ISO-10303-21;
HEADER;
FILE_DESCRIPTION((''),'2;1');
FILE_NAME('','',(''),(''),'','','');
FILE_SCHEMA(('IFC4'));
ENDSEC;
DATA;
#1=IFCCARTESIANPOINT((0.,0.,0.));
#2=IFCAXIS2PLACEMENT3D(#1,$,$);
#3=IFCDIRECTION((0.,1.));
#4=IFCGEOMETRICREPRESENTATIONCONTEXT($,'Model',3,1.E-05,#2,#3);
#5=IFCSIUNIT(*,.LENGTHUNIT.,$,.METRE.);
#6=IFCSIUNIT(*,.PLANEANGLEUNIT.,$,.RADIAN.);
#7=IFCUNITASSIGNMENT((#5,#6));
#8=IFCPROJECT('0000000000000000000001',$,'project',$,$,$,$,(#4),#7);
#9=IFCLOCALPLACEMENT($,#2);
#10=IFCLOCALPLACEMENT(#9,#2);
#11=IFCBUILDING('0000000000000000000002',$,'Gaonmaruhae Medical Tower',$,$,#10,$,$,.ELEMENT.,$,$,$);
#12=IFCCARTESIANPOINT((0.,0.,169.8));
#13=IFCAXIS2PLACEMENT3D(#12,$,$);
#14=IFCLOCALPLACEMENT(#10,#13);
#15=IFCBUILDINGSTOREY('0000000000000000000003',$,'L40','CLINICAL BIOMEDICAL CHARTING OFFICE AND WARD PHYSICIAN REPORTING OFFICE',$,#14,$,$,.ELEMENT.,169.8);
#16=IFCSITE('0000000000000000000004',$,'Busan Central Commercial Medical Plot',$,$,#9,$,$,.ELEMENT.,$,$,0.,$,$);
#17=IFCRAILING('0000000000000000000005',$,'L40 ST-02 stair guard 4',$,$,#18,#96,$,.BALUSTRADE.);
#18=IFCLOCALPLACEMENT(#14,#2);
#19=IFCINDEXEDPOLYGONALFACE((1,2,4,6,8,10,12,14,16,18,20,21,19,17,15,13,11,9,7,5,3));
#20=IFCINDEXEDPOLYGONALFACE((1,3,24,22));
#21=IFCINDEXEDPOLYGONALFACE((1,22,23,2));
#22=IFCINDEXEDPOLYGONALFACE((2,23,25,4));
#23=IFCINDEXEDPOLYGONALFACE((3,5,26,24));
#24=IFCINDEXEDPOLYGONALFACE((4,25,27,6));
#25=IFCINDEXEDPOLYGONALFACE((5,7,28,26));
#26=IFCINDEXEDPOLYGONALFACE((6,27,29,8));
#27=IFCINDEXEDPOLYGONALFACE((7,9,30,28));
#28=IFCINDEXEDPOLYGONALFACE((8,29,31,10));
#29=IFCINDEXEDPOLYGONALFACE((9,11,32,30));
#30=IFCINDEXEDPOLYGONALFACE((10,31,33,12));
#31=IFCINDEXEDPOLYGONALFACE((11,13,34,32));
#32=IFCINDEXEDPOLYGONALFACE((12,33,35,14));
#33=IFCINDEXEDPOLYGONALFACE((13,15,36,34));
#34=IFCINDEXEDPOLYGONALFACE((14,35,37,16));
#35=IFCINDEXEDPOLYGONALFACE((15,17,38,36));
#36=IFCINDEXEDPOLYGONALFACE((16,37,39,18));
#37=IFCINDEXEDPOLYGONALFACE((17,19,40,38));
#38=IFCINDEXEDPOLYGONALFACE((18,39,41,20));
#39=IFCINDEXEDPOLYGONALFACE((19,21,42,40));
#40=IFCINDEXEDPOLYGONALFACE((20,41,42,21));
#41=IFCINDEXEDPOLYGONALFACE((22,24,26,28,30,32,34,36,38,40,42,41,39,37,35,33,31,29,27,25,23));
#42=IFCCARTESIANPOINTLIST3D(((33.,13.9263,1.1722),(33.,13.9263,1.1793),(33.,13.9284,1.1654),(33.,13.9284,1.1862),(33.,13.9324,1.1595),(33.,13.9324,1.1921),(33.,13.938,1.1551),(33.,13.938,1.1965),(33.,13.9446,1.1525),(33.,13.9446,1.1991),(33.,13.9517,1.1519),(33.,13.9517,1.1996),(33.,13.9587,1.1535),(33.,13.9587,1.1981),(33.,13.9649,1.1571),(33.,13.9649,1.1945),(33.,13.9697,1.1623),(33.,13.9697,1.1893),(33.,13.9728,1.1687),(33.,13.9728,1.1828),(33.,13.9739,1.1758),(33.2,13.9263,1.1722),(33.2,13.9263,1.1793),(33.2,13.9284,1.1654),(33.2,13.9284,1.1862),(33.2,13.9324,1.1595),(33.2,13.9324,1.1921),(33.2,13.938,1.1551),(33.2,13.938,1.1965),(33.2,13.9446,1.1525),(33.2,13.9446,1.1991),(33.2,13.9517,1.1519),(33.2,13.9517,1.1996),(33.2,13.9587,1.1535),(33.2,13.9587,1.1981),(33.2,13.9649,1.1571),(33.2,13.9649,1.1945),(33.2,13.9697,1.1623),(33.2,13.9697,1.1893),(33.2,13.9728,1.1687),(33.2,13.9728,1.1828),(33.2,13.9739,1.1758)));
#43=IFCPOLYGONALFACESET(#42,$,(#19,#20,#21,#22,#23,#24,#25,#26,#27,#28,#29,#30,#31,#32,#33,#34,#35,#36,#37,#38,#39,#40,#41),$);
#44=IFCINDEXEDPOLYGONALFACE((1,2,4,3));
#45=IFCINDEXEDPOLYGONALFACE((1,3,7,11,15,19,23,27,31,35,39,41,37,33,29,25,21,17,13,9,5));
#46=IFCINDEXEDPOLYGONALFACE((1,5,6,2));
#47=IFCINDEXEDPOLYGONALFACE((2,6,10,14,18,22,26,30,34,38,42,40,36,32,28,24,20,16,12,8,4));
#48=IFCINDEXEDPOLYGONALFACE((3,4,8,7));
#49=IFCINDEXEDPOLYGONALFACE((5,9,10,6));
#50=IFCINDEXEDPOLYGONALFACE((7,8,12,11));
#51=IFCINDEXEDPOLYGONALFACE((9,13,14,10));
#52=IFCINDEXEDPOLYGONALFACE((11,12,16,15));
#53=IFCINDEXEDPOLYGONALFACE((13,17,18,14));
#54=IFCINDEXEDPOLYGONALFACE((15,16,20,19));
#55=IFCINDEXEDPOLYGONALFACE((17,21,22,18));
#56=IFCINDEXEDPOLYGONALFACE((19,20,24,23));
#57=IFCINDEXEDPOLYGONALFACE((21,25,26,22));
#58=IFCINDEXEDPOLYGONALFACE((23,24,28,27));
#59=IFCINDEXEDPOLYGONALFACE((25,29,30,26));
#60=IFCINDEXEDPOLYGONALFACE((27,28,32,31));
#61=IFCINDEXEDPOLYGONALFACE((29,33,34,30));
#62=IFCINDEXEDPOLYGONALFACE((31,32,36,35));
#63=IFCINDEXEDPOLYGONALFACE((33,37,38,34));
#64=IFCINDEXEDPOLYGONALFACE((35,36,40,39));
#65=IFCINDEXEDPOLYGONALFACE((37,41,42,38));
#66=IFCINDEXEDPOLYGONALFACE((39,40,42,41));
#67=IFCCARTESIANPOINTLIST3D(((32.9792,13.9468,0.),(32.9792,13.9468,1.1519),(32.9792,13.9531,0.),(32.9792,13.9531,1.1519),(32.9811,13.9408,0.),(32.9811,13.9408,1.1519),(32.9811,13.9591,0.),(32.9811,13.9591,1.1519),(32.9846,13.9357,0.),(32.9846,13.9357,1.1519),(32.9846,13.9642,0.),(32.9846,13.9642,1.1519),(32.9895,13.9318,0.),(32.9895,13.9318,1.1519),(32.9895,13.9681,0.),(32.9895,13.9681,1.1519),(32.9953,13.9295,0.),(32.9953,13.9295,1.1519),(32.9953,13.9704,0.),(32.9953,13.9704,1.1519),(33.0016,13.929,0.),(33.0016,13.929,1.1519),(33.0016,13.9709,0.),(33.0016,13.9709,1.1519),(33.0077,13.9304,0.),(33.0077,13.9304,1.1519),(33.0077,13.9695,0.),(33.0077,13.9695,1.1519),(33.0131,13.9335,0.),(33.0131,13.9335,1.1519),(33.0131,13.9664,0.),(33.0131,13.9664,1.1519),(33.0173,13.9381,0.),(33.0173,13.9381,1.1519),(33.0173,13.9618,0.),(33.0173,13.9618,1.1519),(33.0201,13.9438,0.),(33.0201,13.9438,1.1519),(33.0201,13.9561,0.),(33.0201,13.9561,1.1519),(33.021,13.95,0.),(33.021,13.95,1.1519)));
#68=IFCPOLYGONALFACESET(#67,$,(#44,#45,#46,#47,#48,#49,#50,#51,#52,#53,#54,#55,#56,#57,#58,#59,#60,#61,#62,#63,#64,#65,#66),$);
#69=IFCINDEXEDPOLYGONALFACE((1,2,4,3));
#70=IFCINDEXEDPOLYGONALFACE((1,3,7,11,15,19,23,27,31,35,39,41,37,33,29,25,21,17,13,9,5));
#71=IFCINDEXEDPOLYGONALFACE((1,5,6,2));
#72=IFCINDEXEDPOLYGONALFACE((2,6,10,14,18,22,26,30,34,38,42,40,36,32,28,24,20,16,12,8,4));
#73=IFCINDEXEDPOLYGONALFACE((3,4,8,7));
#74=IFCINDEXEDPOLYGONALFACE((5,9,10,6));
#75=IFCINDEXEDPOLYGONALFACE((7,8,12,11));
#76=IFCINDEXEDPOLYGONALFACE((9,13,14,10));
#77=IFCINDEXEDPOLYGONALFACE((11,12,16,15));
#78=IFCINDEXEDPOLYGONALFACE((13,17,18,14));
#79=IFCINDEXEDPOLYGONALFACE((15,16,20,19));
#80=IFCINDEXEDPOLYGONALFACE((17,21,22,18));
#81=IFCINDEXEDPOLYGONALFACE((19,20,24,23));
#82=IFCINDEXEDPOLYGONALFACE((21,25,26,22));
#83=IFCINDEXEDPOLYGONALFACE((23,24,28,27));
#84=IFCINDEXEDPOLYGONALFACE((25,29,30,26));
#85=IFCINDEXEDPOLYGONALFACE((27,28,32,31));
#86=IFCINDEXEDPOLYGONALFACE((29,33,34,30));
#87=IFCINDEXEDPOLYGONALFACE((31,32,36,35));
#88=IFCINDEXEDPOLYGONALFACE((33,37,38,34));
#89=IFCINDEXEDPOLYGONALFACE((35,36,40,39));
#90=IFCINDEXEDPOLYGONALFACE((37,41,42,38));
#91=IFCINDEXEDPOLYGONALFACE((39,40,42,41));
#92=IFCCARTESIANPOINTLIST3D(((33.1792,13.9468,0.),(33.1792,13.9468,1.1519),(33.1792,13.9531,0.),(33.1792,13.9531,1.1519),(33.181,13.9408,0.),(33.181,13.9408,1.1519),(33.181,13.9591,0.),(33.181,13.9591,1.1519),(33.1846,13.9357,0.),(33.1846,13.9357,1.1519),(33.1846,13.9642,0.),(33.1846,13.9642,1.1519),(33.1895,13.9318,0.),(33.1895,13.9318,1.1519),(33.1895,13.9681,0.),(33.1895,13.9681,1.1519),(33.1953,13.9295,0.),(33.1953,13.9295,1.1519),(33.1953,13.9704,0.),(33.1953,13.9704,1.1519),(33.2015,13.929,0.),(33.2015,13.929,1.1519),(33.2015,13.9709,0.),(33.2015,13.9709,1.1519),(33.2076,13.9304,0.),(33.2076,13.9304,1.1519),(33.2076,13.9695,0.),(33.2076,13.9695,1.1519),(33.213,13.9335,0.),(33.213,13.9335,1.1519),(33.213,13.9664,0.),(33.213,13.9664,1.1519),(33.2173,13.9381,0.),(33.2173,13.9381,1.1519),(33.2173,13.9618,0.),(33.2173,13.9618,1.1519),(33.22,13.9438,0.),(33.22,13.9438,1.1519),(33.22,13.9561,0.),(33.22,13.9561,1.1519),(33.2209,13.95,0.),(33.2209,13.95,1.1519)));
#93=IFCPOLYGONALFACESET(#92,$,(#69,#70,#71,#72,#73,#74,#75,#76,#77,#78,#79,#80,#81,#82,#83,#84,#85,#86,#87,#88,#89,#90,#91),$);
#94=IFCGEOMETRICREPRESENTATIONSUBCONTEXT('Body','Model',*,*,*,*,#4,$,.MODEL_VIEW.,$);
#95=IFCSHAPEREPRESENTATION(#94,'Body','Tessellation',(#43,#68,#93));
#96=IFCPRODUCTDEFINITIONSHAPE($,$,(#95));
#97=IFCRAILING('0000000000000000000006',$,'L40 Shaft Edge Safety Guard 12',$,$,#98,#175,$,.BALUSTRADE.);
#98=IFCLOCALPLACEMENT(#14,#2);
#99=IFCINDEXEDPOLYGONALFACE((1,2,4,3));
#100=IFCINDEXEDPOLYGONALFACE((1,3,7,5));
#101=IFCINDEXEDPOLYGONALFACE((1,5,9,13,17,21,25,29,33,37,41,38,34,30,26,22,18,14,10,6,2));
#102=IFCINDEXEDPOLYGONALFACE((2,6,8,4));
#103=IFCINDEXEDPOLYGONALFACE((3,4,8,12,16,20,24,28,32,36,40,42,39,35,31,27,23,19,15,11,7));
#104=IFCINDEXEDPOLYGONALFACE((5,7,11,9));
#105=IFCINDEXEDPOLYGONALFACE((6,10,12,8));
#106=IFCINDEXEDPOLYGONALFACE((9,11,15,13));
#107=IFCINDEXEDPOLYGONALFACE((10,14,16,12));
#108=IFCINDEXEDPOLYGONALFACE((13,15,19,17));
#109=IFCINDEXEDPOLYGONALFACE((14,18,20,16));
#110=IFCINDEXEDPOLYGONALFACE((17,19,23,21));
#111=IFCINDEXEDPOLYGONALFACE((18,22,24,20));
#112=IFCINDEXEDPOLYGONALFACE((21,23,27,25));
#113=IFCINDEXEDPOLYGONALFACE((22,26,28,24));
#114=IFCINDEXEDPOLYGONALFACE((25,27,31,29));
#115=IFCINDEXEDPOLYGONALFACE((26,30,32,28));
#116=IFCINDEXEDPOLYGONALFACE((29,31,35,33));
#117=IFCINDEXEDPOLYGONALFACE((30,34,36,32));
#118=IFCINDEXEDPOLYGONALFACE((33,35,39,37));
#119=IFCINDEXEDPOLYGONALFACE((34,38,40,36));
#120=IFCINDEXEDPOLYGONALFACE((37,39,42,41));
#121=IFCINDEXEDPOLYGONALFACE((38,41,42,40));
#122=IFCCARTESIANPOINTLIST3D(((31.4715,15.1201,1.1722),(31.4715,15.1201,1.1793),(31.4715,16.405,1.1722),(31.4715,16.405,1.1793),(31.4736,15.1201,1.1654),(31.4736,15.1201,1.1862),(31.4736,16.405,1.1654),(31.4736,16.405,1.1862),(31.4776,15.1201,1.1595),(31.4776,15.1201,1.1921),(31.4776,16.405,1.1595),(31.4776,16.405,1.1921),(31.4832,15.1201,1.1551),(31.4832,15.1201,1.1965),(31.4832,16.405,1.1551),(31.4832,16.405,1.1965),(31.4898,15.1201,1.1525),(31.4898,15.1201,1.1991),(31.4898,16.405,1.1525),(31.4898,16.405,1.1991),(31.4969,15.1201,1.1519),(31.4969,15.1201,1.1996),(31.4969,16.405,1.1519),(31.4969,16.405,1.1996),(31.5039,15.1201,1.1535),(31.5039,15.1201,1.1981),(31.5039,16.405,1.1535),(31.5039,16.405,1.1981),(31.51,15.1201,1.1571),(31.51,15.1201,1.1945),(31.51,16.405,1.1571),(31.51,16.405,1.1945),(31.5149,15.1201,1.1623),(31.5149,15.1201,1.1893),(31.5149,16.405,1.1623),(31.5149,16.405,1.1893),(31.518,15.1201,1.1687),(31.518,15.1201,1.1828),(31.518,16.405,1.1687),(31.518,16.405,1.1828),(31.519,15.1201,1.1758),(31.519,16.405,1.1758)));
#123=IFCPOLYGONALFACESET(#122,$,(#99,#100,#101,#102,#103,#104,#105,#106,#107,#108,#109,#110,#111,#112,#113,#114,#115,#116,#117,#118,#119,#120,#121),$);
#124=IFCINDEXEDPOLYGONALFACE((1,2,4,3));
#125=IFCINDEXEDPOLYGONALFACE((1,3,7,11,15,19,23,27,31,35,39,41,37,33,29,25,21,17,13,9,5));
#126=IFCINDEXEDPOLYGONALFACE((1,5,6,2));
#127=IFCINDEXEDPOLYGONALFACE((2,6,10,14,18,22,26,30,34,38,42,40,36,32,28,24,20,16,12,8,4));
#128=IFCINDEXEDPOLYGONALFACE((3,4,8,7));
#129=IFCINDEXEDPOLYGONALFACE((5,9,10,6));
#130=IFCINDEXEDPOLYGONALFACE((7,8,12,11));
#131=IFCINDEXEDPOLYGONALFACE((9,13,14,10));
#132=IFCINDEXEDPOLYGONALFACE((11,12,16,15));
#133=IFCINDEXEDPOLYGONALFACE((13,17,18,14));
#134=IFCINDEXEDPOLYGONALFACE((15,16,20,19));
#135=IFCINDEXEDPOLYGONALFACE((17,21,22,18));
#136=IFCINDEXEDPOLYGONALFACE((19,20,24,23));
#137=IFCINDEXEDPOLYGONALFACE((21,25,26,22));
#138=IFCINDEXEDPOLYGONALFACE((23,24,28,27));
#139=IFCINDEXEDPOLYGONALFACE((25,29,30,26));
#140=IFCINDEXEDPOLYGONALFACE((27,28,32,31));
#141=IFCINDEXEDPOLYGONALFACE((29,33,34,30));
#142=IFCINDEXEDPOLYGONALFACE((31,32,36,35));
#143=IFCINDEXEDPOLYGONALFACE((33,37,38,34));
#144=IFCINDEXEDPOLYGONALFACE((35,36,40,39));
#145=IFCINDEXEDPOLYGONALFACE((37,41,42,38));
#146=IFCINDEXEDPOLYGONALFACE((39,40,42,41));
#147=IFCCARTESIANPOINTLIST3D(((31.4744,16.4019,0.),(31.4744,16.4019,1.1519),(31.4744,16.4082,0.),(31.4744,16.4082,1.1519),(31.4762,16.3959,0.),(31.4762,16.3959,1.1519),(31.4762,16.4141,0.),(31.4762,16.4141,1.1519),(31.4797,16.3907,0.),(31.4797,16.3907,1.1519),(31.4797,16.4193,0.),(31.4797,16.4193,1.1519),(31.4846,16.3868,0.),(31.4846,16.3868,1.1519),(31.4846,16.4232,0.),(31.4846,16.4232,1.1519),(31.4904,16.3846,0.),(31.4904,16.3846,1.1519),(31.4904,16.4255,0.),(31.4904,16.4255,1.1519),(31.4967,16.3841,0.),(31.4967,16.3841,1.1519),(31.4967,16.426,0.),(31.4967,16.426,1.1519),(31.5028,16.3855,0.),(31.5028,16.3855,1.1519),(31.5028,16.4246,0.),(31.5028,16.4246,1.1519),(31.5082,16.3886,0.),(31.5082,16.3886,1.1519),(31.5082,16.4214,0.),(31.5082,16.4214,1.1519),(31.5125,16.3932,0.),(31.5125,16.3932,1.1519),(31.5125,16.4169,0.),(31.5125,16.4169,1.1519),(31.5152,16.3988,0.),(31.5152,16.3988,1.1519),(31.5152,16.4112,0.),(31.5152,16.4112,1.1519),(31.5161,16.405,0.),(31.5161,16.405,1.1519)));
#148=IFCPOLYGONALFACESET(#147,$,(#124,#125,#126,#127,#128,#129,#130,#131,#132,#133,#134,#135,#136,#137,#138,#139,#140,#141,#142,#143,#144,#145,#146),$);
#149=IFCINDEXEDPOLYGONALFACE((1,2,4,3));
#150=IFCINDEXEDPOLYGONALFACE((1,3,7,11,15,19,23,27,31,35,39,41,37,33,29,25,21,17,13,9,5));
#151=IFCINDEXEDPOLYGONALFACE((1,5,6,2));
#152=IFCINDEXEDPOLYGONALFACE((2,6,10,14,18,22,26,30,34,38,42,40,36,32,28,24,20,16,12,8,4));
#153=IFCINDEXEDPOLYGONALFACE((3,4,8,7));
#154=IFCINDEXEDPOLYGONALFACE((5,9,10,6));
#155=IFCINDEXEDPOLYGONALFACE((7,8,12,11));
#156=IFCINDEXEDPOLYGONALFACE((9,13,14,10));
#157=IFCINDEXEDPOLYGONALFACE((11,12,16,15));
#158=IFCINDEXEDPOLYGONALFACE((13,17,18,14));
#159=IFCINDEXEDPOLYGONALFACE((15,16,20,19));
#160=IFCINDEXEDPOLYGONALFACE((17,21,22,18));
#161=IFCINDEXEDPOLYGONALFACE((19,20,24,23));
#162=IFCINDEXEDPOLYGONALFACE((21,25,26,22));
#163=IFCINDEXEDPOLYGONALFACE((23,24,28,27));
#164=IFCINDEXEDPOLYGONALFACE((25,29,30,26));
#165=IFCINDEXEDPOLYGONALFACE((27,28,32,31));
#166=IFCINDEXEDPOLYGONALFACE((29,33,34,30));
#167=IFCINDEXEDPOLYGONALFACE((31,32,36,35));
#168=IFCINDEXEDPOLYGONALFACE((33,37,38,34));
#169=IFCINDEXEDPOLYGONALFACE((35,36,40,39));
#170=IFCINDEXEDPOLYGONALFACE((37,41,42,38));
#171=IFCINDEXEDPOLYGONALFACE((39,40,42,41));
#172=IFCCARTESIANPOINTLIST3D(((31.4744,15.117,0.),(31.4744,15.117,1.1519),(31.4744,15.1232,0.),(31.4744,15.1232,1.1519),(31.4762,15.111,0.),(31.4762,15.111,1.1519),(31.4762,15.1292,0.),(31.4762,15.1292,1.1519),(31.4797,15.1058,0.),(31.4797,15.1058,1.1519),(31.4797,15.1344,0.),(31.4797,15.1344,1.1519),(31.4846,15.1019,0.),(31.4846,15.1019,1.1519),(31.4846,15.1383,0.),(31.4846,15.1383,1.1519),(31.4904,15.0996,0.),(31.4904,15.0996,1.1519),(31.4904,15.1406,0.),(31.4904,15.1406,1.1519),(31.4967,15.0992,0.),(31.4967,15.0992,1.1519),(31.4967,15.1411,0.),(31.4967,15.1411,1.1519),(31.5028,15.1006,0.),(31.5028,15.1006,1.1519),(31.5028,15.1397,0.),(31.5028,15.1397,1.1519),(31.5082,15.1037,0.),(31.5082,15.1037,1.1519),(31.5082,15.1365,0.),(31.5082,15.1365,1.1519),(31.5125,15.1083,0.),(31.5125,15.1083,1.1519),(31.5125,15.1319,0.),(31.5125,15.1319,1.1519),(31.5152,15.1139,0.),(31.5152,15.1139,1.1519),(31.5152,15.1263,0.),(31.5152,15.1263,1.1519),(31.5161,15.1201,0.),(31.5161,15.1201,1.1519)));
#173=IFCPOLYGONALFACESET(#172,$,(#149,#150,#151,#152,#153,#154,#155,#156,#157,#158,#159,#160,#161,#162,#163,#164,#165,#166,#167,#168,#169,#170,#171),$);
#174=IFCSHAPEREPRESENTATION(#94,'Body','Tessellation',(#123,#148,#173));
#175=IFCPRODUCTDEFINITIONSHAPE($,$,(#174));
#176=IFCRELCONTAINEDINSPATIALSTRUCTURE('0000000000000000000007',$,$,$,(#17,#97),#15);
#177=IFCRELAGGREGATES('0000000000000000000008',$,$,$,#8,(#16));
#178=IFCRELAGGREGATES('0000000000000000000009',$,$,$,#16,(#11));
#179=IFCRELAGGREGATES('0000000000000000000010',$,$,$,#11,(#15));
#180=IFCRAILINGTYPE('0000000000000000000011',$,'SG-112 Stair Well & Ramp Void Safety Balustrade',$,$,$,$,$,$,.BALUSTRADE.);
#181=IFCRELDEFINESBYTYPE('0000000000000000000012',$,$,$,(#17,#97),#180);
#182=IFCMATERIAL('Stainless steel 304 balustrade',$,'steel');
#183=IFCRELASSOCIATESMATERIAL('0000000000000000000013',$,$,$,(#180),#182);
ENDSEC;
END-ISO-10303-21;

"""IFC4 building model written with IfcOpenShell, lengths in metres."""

from ifc_helpers import new_model, si_unit, direction, frame, origin, origin_2d, place, context, subcontext, project, spatial, circle, extrude, material, type_object, element, save


model = new_model("IFC4")

# Units and contexts
model_context = context("Model", 3, precision=1e-05, world=origin(), true_north=direction((0.0, 1.0)))
body_context = subcontext(model_context, "Body", "Model", "MODEL_VIEW")
ifc_project = project(units=[si_unit("LENGTHUNIT", "METRE"), si_unit("PLANEANGLEUNIT", "RADIAN")], contexts=[model_context])

# Site, building, storey
site_placement = place(None, origin())
site = spatial("IfcSite", under=ifc_project, at=site_placement, Name="Busan Central Commercial Medical Plot", CompositionType="ELEMENT", RefElevation=0.0)
building_placement = place(site_placement, origin())
building = spatial("IfcBuilding", under=site, at=building_placement, Name="Gaonmaruhae Medical Tower", CompositionType="ELEMENT")
storey_placement = place(building_placement, frame((0.0, 0.0, 169.8)))
storey = spatial("IfcBuildingStorey", under=building, at=storey_placement, Name="L40", Description="CLINICAL BIOMEDICAL CHARTING OFFICE AND WARD PHYSICIAN REPORTING OFFICE", CompositionType="ELEMENT", Elevation=169.8)

# Railings
ifc_material_1 = material(Name="Stainless steel 304 balustrade", Category="steel")
railing_type_1 = type_object("IfcRailingType", Name="SG-112 Stair Well & Ramp Void Safety Balustrade", PredefinedType="BALUSTRADE", material=ifc_material_1)
railing_1_placement = place(storey_placement, frame((33.0, 13.95, 0.0)))
element("IfcRailing", 1, at=railing_1_placement, inside=storey, type_object=railing_type_1, Name="L40 ST-02 stair guard 4", PredefinedType="BALUSTRADE", context=body_context, shape_type="SweptSolid", body=[
    extrude(circle(Radius=0.0239, at=origin_2d()), frame((0.0, 0.0, 1.1758), z_axis=(1.0, 0.0, 0.0), x_axis=(0.0, 1.0, 0.0)), (0.0, 0.0, 1.0), 0.2),
    extrude(circle(Radius=0.021, at=origin_2d()), origin(), (0.0, 0.0, 1.0), 1.1519),
    extrude(circle(Radius=0.021, at=origin_2d()), frame((0.2, 0.0, 0.0)), (0.0, 0.0, 1.0), 1.1519),
])
railing_2_placement = place(storey_placement, frame((31.4951, 16.405, 0.0)))
element("IfcRailing", 2, at=railing_2_placement, inside=storey, type_object=railing_type_1, Name="L40 Shaft Edge Safety Guard 12", PredefinedType="BALUSTRADE", context=body_context, shape_type="SweptSolid", body=[
    extrude(circle(Radius=0.0239, at=origin_2d()), frame((0.0, 0.0, 1.1758), z_axis=(0.0, -1.0, 0.0), x_axis=(1.0, 0.0, 0.0)), (0.0, 0.0, 1.0), 1.2849),
    extrude(circle(Radius=0.021, at=origin_2d()), origin(), (0.0, 0.0, 1.0), 1.1519),
    extrude(circle(Radius=0.021, at=origin_2d()), frame((0.0, -1.2849, 0.0)), (0.0, 0.0, 1.0), 1.1519),
])

save(model, "model.ifc")
